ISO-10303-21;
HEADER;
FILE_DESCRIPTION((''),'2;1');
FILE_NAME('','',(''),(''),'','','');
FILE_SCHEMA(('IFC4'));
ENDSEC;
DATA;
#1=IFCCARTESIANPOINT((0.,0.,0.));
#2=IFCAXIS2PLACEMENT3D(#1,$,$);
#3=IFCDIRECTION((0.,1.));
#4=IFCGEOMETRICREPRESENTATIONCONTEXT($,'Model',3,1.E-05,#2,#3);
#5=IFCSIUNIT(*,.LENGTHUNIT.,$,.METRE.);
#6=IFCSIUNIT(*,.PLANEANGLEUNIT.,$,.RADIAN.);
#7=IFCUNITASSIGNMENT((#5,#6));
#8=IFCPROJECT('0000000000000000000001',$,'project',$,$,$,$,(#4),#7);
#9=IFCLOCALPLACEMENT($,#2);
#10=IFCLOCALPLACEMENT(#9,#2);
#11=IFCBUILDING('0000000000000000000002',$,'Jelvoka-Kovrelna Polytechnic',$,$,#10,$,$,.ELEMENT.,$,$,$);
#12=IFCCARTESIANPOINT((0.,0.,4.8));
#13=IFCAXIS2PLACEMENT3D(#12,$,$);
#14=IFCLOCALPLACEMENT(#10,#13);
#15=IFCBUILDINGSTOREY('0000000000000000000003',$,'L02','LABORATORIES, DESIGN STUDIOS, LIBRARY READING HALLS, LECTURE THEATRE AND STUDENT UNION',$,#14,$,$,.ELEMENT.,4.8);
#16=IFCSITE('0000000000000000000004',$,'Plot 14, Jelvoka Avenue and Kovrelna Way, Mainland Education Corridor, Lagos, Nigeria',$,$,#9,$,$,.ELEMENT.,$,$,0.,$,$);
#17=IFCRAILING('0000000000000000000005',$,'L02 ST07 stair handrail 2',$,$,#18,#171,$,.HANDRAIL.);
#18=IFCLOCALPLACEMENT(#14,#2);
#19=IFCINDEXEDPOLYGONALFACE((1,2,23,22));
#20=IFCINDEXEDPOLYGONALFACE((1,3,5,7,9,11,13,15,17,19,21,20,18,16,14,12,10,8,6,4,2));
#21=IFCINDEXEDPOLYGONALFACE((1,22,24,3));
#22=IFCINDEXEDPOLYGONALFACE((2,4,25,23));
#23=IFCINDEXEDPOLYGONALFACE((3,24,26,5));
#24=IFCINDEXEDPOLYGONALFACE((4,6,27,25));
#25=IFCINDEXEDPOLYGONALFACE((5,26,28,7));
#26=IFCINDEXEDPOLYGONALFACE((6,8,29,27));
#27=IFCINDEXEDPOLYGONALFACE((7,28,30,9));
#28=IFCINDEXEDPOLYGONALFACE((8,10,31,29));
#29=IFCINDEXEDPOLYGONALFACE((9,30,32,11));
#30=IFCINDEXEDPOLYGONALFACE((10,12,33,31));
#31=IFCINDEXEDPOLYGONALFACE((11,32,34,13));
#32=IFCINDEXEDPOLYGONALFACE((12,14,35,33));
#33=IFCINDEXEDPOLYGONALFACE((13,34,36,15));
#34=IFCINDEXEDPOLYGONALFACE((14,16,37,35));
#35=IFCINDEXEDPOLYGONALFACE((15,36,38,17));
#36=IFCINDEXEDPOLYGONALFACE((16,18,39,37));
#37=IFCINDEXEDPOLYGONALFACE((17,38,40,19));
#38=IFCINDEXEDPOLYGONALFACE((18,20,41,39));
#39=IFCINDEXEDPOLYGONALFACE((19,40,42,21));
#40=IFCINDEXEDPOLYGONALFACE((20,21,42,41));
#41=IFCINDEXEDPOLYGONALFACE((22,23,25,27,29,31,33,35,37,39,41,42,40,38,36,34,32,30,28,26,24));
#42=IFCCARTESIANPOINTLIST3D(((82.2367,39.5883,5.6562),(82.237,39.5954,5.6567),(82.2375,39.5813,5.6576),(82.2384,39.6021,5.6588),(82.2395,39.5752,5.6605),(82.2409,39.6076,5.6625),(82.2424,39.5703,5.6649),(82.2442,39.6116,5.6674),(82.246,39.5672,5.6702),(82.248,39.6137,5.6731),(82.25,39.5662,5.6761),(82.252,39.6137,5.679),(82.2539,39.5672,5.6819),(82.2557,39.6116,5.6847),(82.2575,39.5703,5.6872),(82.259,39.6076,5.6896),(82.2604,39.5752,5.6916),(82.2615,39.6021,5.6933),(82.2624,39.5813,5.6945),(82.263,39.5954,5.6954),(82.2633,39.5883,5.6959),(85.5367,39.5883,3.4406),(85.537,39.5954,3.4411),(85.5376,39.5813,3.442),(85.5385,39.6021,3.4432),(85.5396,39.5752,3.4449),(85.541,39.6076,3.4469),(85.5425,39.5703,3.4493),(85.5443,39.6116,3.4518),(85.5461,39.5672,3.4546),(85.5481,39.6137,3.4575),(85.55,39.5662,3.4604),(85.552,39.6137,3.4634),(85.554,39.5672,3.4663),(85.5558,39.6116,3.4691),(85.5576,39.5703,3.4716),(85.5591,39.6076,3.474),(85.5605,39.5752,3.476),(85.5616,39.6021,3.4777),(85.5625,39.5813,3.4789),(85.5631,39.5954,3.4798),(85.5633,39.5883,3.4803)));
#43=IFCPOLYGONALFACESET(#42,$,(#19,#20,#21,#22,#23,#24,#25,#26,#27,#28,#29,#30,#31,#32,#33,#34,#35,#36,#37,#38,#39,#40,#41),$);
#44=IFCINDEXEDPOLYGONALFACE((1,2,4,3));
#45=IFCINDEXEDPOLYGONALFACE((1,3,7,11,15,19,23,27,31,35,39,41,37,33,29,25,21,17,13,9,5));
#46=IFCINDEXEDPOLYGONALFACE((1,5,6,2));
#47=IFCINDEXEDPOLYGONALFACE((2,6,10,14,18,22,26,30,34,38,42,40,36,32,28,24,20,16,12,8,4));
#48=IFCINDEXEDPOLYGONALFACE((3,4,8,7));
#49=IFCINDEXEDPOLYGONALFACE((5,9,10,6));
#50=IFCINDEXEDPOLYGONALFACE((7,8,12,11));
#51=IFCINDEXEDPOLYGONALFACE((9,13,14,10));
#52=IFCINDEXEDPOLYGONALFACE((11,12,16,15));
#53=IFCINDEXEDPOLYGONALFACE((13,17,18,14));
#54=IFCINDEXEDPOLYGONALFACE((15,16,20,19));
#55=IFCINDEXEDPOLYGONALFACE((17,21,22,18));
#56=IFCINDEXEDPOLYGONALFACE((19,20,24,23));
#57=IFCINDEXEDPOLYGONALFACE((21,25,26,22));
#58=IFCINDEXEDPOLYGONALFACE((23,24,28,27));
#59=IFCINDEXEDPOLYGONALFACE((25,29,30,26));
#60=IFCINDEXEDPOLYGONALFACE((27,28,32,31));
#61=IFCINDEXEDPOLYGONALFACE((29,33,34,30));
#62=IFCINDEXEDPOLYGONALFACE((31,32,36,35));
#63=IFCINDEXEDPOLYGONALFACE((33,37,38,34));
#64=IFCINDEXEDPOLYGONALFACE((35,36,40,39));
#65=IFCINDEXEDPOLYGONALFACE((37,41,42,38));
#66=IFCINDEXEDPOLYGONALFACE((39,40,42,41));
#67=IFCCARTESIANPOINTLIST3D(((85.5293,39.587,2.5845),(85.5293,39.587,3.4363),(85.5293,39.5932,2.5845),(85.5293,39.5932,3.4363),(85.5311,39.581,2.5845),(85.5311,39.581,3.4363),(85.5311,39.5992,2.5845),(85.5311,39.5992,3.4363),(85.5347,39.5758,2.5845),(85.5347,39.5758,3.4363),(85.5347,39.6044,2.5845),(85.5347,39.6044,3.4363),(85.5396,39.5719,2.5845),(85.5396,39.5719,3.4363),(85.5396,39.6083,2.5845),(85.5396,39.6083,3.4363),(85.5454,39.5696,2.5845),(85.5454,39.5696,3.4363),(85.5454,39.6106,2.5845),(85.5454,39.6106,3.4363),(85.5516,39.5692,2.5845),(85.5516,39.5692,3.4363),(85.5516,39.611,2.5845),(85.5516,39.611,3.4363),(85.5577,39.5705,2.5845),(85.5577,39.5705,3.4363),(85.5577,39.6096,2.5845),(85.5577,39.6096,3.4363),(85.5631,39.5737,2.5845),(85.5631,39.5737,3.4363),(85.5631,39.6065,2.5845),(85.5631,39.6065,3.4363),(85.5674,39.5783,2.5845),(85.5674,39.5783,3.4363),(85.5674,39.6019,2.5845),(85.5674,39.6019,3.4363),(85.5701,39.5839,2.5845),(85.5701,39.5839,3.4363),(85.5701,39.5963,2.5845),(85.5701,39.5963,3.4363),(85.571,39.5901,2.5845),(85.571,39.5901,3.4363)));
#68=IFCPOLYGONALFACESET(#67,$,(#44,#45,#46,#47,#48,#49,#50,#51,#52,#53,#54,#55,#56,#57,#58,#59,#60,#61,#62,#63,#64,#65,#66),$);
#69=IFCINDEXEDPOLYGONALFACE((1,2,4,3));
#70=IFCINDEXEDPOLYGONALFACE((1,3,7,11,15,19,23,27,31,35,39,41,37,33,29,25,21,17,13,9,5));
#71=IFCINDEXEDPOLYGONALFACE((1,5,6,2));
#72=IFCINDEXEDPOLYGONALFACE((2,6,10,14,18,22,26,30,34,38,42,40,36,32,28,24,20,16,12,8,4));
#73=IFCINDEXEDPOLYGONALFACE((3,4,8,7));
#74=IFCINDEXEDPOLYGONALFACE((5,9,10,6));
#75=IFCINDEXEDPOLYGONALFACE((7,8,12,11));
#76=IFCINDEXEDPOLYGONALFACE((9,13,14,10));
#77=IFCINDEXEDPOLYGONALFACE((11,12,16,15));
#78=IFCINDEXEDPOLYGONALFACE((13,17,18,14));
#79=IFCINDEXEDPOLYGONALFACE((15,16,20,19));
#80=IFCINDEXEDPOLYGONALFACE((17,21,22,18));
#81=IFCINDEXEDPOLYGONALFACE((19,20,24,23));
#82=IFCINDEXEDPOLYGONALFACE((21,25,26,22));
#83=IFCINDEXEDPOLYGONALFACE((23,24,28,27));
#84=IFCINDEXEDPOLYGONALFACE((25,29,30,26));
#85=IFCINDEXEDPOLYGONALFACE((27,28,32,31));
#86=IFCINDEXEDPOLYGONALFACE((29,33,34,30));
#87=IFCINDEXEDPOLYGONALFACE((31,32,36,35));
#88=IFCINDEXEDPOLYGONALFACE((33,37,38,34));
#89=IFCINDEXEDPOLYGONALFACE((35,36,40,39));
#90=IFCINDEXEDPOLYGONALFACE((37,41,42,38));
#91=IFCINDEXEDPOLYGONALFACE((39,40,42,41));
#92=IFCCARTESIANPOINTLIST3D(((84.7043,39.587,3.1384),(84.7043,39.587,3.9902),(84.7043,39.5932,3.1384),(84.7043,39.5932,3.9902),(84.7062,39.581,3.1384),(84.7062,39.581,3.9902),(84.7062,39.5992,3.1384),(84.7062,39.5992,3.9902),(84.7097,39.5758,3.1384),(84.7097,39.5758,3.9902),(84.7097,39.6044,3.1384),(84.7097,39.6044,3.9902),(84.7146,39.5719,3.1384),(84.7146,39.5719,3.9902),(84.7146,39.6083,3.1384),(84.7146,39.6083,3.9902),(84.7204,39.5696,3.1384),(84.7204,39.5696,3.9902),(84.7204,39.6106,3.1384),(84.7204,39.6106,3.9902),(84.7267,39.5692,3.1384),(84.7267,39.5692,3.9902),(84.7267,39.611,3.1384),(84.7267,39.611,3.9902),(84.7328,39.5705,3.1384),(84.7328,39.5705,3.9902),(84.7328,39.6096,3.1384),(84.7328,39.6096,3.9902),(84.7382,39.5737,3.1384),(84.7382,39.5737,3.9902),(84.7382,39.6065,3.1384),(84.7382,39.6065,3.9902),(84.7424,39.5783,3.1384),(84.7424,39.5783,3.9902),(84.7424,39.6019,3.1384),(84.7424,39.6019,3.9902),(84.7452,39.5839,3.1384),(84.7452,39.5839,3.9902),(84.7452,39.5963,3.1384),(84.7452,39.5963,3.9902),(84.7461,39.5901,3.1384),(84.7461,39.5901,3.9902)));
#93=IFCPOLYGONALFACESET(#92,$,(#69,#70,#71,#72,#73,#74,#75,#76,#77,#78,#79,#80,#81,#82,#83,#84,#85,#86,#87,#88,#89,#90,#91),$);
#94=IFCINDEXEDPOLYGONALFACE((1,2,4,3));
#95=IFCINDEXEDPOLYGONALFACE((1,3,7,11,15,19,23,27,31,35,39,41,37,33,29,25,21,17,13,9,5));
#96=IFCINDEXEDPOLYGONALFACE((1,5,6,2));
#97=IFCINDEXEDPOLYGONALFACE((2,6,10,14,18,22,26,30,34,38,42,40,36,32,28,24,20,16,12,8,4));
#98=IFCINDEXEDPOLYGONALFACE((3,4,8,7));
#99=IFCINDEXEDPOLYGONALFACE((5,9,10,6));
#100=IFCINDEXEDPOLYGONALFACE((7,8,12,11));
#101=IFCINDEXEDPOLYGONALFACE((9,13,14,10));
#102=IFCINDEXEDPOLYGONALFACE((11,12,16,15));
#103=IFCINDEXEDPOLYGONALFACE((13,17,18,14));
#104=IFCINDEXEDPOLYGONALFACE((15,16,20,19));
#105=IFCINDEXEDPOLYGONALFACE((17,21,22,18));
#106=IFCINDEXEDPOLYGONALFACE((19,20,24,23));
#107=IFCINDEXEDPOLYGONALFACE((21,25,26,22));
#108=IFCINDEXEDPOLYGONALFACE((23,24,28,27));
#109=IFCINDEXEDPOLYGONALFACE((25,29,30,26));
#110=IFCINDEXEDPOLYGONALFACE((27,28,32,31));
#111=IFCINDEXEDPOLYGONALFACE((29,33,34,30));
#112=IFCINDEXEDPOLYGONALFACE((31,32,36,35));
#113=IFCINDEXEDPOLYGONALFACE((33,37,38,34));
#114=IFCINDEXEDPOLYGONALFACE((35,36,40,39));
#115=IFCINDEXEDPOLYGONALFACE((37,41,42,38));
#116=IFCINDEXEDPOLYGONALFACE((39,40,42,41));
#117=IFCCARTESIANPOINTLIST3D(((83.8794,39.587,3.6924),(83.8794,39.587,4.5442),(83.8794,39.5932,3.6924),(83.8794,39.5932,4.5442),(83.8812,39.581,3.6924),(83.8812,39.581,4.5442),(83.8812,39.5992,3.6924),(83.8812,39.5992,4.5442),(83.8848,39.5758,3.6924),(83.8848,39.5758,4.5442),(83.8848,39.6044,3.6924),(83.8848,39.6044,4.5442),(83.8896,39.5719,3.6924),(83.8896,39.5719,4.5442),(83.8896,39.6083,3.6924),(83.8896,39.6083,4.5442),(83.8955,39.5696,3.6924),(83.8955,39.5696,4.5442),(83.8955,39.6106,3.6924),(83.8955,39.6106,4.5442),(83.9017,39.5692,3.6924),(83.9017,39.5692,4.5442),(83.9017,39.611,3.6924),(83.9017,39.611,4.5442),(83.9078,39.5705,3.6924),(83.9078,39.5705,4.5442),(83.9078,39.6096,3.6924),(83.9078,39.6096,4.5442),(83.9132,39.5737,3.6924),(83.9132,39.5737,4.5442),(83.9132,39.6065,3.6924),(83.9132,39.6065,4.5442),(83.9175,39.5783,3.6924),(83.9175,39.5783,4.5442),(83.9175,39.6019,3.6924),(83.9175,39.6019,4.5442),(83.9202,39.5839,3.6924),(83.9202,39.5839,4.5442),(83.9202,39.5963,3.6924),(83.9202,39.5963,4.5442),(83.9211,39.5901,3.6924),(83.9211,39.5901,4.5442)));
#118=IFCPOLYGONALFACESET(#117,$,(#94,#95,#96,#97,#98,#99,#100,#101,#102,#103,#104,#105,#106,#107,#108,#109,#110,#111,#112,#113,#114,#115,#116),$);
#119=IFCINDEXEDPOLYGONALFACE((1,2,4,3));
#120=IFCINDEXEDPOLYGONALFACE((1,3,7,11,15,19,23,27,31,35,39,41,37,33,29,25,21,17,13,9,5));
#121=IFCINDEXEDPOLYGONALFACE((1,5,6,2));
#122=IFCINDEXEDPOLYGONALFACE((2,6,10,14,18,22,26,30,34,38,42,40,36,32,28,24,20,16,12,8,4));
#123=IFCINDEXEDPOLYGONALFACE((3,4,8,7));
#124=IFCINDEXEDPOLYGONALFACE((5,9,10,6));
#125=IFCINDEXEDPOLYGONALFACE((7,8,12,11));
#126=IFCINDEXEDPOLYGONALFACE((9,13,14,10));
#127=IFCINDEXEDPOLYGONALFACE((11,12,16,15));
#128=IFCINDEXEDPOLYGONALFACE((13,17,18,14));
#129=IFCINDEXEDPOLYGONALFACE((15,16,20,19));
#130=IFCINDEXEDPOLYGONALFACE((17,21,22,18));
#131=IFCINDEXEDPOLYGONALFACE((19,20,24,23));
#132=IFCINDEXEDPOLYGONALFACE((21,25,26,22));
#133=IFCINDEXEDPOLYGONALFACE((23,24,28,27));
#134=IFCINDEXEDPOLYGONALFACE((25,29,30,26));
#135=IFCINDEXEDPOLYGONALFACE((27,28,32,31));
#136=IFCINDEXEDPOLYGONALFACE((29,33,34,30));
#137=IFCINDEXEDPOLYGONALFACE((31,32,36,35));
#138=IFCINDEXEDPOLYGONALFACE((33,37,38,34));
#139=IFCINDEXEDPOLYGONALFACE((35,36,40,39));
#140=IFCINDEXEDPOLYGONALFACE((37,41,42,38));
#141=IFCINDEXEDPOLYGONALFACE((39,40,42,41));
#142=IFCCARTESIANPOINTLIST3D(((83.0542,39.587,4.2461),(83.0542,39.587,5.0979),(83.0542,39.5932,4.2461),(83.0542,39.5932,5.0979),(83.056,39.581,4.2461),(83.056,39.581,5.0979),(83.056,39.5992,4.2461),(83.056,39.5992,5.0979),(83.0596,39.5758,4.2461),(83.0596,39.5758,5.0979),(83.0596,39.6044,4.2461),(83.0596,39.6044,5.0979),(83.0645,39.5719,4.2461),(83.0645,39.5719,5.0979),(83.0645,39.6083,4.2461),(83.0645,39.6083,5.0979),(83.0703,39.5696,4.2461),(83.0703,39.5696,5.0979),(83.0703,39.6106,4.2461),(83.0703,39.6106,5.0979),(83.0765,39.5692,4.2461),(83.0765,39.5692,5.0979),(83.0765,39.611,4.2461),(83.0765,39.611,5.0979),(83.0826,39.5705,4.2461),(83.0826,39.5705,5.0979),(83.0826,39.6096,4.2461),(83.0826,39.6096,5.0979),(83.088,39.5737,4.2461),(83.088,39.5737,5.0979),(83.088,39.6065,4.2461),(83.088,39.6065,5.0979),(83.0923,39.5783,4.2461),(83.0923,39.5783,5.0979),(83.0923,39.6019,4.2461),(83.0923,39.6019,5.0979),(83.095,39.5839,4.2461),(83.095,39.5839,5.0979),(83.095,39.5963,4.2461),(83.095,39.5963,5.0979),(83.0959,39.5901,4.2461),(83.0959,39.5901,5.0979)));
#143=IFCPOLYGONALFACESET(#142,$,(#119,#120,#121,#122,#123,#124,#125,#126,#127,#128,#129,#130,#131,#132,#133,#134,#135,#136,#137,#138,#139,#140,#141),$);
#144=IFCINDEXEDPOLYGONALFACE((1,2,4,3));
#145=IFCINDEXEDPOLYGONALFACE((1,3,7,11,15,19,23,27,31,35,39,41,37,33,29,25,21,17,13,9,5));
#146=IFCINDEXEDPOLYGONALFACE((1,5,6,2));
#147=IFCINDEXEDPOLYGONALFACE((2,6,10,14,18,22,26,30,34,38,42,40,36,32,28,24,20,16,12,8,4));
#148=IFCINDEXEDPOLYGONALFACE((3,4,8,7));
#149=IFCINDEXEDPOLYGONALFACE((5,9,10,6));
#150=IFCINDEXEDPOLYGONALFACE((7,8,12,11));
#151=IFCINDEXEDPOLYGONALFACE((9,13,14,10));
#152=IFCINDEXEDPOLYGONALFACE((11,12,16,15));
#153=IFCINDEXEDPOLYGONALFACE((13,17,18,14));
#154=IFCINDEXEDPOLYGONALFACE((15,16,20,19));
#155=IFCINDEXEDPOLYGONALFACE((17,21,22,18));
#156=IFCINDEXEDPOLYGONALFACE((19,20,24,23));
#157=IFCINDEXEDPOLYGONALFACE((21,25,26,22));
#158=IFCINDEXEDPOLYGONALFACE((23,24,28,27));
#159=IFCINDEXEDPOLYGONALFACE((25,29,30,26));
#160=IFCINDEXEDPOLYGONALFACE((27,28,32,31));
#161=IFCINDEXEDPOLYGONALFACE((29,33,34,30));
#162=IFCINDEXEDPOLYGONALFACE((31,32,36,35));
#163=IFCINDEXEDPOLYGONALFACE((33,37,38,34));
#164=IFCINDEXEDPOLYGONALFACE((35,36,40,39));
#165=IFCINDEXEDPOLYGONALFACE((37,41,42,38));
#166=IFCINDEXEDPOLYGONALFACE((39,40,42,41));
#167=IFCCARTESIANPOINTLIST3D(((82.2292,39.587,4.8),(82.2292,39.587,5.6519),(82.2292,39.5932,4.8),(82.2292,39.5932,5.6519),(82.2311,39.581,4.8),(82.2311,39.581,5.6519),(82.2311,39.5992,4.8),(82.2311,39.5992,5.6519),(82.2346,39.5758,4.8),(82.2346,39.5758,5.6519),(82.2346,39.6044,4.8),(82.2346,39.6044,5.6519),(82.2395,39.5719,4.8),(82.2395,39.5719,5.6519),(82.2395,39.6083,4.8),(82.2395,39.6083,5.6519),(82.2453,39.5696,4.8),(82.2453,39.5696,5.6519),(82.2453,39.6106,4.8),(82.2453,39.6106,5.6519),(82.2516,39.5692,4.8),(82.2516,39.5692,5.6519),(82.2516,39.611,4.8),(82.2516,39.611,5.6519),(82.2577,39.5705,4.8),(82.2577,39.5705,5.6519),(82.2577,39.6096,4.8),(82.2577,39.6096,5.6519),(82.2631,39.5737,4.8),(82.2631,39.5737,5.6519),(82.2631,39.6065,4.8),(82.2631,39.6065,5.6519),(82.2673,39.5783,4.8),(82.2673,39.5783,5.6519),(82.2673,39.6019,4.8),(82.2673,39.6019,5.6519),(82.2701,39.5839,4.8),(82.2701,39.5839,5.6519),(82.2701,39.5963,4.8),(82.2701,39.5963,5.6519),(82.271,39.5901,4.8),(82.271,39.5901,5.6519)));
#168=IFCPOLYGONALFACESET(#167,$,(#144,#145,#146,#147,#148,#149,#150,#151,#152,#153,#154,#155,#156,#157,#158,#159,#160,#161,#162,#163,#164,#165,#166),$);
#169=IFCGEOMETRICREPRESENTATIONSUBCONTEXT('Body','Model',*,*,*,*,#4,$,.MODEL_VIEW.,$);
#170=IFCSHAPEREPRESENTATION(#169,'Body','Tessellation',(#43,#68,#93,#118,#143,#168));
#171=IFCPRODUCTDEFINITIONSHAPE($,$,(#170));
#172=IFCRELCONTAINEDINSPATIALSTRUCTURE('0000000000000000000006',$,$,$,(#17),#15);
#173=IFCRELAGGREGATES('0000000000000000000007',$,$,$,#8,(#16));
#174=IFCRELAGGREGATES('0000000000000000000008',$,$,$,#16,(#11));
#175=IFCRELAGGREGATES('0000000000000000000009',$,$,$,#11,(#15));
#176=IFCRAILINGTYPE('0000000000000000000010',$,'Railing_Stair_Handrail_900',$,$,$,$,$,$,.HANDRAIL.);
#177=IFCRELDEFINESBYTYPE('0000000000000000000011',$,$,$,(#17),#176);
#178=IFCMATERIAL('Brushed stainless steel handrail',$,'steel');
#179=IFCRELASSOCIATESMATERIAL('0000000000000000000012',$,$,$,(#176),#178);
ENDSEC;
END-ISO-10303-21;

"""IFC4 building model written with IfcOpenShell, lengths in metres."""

from ifc_helpers import new_model, si_unit, direction, frame, origin, origin_2d, place, context, subcontext, project, spatial, circle, extrude, material, type_object, element, save


model = new_model("IFC4")

# Units and contexts
model_context = context("Model", 3, precision=1e-05, world=origin(), true_north=direction((0.0, 1.0)))
body_context = subcontext(model_context, "Body", "Model", "MODEL_VIEW")
ifc_project = project(units=[si_unit("LENGTHUNIT", "METRE"), si_unit("PLANEANGLEUNIT", "RADIAN")], contexts=[model_context])

# Site, building, storey
site_placement = place(None, origin())
site = spatial("IfcSite", under=ifc_project, at=site_placement, Name="Plot 14, Jelvoka Avenue and Kovrelna Way, Mainland Education Corridor, Lagos, Nigeria", CompositionType="ELEMENT", RefElevation=0.0)
building_placement = place(site_placement, origin())
building = spatial("IfcBuilding", under=site, at=building_placement, Name="Jelvoka-Kovrelna Polytechnic", CompositionType="ELEMENT")
storey_placement = place(building_placement, frame((0.0, 0.0, 4.8)))
storey = spatial("IfcBuildingStorey", under=building, at=storey_placement, Name="L02", Description="LABORATORIES, DESIGN STUDIOS, LIBRARY READING HALLS, LECTURE THEATRE AND STUDENT UNION", CompositionType="ELEMENT", Elevation=4.8)

# Railing
ifc_material_1 = material(Name="Brushed stainless steel handrail", Category="steel")
railing_type_1 = type_object("IfcRailingType", Name="Railing_Stair_Handrail_900", PredefinedType="HANDRAIL", material=ifc_material_1)
railing_1_placement = place(storey_placement, frame((85.55, 39.5901, 2.5845)))
element("IfcRailing", 1, at=railing_1_placement, inside=storey, type_object=railing_type_1, Name="L02 ST07 stair handrail 2", PredefinedType="HANDRAIL", context=body_context, shape_type="SweptSolid", body=[
    extrude(circle(Radius=0.0239, at=origin_2d()), frame((0.0, 0.0, 0.876), z_axis=(-0.830241, 0.0, 0.557405), x_axis=(0.0, -1.0, 0.0)), (0.0, 0.0, 1.0), 3.9749),
    extrude(circle(Radius=0.021, at=origin_2d()), origin(), (0.0, 0.0, 1.0), 0.8518),
    extrude(circle(Radius=0.021, at=origin_2d()), frame((-0.825, 0.0, 0.554)), (0.0, 0.0, 1.0), 0.8518),
    extrude(circle(Radius=0.021, at=origin_2d()), frame((-1.6499, 0.0, 1.1079)), (0.0, 0.0, 1.0), 0.8518),
    extrude(circle(Radius=0.021, at=origin_2d()), frame((-2.4751, 0.0, 1.6616)), (0.0, 0.0, 1.0), 0.8518),
    extrude(circle(Radius=0.021, at=origin_2d()), frame((-3.3, 0.0, 2.2156)), (0.0, 0.0, 1.0), 0.8518),
])

save(model, "model.ifc")
